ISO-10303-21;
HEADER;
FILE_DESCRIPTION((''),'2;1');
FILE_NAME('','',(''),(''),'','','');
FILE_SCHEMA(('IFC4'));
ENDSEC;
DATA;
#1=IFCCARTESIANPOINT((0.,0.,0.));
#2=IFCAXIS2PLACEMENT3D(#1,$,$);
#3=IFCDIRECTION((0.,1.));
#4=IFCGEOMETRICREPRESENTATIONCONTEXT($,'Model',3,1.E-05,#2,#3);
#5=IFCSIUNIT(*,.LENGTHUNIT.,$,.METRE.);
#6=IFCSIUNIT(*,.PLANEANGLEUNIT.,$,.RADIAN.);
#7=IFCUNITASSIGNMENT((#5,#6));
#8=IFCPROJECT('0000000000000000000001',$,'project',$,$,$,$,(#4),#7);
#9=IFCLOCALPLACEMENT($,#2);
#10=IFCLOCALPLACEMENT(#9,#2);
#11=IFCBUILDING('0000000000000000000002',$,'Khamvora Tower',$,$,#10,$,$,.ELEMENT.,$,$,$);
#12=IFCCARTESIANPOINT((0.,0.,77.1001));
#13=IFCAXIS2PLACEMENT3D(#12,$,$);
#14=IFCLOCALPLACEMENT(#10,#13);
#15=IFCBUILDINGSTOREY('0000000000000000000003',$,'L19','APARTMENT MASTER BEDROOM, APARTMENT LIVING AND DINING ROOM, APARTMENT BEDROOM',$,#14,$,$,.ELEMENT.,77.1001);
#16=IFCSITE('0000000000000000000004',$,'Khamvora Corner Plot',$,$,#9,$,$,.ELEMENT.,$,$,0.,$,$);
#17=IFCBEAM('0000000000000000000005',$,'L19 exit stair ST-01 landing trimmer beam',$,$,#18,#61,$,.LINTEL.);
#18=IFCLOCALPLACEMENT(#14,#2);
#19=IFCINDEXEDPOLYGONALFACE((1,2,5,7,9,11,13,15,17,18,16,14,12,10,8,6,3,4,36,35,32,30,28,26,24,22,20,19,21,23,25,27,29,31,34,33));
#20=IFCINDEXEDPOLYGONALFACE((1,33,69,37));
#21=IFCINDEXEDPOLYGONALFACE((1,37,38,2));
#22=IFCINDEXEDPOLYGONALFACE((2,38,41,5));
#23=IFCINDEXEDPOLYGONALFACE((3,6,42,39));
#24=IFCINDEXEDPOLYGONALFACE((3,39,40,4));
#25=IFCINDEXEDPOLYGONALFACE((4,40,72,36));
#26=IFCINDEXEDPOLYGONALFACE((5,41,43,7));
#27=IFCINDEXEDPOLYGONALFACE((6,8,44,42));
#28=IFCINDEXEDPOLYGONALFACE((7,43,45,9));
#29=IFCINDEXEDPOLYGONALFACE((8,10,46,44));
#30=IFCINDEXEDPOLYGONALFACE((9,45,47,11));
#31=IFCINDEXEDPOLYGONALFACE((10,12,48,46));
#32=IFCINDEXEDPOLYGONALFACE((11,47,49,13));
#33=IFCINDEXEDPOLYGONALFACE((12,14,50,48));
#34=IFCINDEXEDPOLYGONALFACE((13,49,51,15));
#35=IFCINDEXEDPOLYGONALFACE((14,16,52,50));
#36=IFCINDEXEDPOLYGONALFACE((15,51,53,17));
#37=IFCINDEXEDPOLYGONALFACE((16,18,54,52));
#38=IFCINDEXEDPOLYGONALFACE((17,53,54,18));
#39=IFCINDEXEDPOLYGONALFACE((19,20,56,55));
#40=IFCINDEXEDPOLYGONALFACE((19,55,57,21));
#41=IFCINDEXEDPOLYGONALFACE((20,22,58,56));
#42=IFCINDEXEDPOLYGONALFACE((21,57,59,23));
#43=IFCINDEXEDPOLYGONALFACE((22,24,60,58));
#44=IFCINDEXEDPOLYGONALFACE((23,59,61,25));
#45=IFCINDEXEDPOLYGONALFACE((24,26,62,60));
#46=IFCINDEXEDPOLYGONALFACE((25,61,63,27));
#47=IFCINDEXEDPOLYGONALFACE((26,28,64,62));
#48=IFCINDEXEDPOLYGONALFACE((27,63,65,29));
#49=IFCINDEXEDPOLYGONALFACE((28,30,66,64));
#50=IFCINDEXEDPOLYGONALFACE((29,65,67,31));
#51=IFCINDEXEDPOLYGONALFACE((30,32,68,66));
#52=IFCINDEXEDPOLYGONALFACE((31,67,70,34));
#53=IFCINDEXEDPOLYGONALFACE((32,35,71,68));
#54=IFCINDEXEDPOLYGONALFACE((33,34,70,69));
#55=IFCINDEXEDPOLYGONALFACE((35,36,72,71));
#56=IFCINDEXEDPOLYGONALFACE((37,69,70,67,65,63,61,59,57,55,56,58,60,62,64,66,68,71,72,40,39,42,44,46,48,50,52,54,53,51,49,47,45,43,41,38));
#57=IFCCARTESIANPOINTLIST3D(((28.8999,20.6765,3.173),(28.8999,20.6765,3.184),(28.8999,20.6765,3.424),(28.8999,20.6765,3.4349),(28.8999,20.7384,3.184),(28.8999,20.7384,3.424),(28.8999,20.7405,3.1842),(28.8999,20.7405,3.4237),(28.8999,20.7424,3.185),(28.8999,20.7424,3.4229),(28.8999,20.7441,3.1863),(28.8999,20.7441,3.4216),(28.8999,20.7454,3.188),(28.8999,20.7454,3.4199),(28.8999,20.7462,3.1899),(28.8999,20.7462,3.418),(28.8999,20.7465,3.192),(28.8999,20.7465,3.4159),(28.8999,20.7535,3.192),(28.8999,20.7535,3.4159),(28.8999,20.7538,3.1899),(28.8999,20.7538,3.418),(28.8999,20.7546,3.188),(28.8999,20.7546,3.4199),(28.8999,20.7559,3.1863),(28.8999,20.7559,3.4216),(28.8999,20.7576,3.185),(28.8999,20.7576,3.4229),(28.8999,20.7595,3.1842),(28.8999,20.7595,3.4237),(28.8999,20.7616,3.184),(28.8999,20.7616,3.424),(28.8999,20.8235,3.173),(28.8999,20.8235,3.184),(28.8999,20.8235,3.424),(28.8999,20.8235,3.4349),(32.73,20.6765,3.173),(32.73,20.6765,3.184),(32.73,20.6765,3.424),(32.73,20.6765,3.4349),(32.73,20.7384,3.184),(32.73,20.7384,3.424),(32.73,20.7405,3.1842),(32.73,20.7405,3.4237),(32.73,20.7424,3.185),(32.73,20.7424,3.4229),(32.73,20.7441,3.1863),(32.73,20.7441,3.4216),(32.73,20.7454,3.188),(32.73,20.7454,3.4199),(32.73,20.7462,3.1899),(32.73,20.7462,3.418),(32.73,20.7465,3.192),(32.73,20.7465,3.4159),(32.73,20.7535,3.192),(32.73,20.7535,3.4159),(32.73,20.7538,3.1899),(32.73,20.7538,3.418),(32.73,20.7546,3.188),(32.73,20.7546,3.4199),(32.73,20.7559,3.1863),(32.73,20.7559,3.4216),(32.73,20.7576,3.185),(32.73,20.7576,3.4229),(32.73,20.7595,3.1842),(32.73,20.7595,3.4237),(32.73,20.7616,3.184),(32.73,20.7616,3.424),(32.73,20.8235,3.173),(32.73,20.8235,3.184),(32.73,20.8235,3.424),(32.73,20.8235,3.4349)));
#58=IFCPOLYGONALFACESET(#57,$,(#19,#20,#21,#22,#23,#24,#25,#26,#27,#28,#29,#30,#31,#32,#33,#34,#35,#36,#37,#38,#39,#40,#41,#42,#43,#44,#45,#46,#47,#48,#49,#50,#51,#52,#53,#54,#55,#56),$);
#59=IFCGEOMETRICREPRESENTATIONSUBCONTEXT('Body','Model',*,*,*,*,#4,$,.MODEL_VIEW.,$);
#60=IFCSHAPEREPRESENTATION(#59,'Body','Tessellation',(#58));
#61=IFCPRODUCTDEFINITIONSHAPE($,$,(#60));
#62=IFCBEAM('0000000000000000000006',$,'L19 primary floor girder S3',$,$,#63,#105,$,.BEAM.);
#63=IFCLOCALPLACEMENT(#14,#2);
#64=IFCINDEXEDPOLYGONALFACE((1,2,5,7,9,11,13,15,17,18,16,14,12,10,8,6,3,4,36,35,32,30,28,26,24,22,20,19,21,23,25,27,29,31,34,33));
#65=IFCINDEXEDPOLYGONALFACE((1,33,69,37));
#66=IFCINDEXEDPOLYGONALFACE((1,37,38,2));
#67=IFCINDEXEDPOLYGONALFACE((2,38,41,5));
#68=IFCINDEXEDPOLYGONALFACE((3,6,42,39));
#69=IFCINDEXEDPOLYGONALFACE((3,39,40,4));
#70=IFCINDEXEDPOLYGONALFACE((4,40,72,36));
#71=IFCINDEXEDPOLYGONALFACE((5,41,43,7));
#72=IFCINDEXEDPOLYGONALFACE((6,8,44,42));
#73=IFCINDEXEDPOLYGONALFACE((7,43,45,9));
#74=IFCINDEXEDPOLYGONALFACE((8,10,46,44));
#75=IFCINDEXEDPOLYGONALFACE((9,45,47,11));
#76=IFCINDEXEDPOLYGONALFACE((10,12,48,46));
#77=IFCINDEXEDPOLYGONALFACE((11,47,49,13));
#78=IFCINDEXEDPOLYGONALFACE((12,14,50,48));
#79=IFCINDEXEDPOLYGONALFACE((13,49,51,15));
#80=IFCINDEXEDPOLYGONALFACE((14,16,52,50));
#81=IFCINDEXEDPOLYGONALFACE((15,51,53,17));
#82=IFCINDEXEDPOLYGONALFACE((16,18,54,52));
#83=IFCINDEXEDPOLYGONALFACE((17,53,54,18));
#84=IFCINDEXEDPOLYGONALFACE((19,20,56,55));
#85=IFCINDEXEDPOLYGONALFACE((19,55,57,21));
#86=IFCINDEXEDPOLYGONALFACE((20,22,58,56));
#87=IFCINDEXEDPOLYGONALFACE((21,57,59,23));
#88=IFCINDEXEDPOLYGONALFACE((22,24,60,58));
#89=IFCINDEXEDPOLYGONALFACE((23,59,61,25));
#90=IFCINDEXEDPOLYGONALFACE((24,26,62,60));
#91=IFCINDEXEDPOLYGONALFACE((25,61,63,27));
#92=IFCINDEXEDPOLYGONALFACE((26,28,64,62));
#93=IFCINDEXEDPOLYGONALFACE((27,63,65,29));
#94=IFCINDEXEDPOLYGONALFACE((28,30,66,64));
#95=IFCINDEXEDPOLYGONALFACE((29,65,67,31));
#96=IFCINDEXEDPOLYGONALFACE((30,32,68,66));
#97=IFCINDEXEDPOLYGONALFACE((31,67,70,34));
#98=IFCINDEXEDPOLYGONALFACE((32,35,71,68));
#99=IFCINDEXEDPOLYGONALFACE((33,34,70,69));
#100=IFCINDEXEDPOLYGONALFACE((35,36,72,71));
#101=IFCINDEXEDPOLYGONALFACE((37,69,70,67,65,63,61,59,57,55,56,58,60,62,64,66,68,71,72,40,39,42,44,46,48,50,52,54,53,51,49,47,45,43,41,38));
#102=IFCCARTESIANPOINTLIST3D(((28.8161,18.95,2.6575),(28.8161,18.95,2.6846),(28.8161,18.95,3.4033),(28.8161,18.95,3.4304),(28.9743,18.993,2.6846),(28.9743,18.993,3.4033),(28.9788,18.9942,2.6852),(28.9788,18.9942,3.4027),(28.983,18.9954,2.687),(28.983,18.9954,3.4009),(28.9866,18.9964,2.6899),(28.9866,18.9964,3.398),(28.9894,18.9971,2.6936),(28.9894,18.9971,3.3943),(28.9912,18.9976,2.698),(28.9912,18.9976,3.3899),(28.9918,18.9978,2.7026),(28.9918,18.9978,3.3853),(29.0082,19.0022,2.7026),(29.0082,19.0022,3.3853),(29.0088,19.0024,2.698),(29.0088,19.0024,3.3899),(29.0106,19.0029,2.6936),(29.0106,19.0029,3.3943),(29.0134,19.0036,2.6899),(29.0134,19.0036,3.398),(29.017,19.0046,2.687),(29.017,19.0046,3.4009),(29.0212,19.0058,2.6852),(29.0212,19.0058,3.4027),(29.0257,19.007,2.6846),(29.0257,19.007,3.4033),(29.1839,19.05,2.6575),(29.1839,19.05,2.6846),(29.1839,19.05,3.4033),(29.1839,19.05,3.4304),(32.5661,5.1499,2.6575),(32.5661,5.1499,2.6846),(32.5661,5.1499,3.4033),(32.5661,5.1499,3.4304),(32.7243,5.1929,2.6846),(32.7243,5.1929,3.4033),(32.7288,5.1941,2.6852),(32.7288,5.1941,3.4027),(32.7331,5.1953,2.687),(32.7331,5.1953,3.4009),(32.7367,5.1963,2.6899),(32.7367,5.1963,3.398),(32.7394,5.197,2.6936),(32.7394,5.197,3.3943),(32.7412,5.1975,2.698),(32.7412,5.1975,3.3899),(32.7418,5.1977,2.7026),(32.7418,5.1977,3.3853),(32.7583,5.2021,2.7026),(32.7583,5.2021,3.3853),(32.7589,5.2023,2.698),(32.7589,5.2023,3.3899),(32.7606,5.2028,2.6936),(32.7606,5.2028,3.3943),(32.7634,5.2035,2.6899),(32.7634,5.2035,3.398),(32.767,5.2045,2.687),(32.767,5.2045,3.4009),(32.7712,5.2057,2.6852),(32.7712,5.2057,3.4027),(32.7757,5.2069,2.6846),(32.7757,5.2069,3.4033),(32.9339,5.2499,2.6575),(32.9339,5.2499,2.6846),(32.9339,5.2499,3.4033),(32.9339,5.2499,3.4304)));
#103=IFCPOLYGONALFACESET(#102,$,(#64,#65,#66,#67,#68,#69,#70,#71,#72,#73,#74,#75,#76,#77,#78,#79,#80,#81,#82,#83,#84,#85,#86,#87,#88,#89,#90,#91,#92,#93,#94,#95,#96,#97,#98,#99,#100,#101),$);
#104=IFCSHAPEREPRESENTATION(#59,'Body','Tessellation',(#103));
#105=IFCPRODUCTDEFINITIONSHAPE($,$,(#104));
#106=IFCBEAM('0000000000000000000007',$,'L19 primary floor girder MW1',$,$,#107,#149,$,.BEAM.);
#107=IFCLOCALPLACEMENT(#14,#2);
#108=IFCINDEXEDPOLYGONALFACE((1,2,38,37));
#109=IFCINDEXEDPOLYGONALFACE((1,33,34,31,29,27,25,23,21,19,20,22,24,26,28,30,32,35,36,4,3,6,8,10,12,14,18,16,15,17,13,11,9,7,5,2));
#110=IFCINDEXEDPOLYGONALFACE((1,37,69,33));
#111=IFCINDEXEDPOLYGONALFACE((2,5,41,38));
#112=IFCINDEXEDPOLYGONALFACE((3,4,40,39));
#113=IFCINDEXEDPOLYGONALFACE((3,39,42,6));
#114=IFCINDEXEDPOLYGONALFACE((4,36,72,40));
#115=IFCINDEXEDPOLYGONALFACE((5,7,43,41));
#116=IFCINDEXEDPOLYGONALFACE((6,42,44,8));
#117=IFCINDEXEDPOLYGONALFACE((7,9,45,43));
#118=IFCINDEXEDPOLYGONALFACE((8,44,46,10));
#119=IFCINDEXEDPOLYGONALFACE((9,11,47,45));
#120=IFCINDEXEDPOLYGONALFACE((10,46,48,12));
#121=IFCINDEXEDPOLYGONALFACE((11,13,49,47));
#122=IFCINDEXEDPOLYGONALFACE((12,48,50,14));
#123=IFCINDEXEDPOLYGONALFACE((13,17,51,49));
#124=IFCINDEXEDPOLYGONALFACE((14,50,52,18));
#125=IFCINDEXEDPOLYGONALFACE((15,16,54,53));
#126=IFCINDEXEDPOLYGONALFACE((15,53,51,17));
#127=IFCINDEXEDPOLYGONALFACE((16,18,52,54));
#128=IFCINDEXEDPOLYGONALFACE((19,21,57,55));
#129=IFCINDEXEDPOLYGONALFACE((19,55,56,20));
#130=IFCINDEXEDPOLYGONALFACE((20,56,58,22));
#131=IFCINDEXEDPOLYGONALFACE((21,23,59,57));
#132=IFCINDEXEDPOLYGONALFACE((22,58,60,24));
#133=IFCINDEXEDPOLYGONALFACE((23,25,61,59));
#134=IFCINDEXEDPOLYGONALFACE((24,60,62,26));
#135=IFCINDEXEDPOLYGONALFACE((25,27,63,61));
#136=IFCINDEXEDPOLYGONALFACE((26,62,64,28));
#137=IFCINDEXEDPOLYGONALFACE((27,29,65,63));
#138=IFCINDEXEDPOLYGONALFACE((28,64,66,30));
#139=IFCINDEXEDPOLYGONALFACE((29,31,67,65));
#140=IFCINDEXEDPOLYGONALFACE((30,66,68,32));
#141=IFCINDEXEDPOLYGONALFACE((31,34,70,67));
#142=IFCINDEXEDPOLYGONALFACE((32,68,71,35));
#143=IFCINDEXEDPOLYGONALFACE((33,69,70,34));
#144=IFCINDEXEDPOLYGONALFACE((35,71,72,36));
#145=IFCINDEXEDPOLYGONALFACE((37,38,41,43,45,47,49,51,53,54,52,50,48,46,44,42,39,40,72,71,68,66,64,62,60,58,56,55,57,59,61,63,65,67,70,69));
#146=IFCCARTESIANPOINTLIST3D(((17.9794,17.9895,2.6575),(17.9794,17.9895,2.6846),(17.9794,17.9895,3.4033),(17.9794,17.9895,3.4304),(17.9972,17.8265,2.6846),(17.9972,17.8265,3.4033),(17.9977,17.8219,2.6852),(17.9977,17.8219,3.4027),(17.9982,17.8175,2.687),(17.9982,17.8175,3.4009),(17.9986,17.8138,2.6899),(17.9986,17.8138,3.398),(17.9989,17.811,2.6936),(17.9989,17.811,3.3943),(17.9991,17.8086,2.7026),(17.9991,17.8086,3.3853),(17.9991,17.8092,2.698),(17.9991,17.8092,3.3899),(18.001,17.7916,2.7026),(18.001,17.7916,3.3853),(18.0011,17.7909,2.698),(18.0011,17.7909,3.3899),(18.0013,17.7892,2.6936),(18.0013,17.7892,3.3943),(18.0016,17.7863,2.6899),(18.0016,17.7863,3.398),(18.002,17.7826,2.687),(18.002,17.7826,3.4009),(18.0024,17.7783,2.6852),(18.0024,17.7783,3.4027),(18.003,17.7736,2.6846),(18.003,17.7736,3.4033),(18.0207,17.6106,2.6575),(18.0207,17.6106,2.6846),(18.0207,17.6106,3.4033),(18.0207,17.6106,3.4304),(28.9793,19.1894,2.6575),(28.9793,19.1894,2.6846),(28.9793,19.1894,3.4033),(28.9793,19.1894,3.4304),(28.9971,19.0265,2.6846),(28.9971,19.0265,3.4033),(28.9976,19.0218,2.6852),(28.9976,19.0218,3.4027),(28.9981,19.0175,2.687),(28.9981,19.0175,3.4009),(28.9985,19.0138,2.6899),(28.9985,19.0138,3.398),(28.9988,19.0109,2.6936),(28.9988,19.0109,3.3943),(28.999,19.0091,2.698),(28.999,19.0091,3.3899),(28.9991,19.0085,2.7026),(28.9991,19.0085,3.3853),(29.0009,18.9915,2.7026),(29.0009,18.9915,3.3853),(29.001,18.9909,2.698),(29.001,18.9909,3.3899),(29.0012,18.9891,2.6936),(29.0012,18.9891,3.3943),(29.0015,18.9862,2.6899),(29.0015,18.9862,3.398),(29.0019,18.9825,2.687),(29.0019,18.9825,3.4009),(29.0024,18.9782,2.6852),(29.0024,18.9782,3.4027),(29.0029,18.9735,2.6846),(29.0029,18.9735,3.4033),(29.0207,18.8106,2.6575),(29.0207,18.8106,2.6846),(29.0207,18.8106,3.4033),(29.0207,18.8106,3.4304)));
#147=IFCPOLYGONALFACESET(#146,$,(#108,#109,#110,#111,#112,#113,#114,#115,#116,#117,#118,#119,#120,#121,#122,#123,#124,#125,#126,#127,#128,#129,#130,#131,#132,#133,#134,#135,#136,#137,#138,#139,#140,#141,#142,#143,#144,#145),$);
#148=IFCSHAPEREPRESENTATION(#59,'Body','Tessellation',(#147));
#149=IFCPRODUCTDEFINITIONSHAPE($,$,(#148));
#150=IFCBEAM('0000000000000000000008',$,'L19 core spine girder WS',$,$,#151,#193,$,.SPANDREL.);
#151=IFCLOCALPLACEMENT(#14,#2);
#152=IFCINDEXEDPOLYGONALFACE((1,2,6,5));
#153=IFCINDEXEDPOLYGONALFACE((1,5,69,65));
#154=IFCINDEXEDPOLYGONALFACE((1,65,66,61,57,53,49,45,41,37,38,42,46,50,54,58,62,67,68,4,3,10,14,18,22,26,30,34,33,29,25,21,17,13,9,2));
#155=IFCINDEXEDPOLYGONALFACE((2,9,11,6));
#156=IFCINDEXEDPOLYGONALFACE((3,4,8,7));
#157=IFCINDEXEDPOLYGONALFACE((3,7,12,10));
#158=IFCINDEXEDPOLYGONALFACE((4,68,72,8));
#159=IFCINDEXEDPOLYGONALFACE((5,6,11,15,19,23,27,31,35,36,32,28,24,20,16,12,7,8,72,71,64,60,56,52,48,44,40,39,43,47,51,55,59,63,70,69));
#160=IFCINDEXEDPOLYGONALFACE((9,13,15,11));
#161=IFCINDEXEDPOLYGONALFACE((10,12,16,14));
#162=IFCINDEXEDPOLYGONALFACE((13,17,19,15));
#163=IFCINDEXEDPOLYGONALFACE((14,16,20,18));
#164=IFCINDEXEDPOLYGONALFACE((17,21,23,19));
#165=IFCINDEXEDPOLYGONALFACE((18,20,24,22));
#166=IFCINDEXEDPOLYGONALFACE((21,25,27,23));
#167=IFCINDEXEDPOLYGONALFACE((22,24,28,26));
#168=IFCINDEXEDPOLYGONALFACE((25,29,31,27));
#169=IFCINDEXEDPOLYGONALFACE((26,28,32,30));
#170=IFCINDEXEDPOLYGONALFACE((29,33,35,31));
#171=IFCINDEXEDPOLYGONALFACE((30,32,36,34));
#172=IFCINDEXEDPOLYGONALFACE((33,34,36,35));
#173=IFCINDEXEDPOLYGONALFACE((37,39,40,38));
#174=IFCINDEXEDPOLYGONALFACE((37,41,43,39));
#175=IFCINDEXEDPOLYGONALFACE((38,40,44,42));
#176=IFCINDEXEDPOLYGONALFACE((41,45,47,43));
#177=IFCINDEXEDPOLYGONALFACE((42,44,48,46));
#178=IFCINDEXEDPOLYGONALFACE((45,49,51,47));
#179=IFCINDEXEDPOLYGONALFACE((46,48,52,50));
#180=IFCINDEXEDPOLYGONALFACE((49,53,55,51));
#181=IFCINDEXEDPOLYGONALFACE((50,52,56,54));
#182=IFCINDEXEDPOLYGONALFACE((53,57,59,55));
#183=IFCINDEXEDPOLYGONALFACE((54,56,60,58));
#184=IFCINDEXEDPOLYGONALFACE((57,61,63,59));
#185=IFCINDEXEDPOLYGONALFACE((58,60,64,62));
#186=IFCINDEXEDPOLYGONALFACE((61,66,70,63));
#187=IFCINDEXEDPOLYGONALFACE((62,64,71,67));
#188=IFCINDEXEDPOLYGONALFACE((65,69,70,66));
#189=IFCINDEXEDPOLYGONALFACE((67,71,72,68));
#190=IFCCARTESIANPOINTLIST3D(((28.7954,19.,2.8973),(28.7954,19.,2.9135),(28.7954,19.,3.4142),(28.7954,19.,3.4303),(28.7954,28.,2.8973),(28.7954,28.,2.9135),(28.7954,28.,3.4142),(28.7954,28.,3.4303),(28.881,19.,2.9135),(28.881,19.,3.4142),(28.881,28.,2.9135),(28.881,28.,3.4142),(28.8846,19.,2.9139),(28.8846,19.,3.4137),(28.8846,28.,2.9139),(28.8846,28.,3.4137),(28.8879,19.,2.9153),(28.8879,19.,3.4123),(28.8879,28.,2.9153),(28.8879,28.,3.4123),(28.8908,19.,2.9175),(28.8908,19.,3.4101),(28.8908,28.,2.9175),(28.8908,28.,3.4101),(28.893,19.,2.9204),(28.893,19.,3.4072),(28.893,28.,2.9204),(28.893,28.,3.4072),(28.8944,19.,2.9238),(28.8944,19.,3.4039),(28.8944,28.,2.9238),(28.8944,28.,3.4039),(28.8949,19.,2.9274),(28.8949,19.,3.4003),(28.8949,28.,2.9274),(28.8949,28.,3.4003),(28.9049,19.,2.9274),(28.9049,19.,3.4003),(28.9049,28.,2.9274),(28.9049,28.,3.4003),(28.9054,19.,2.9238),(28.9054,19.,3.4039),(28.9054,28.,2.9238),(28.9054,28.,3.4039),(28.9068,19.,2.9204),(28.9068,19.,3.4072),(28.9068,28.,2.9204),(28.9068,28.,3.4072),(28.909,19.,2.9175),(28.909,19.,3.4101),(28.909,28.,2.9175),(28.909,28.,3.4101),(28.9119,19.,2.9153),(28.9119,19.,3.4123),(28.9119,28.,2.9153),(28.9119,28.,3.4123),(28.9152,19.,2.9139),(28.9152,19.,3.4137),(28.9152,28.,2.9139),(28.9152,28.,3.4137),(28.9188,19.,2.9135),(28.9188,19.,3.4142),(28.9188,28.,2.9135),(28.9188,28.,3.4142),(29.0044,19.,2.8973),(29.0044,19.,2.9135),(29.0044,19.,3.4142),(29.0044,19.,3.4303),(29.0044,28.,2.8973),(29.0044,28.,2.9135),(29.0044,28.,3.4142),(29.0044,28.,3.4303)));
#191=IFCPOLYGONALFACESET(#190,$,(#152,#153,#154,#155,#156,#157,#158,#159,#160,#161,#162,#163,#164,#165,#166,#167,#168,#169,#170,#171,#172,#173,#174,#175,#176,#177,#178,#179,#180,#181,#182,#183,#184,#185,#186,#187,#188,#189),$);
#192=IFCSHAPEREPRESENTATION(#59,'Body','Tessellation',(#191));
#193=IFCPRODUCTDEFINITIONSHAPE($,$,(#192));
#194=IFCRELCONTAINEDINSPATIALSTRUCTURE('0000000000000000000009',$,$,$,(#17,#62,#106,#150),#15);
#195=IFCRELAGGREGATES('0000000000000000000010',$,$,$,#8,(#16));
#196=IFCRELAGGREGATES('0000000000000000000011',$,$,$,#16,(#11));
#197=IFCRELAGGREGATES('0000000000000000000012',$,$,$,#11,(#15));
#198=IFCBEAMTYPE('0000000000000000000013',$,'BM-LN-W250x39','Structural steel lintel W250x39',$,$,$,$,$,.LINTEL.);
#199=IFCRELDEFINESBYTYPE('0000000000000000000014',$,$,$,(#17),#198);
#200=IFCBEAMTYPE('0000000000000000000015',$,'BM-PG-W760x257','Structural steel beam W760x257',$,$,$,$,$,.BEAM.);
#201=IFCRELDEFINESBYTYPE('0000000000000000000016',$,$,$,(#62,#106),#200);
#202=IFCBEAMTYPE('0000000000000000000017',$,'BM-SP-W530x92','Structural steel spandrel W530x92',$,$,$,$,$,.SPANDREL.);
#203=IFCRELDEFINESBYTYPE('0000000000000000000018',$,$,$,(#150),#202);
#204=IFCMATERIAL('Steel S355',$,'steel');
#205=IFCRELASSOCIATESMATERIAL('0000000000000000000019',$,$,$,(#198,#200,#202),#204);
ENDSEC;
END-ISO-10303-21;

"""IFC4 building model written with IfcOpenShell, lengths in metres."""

from ifc_helpers import new_model, si_unit, direction, frame, origin, origin_2d, place, context, subcontext, project, spatial, i_section, extrude, material, material_profile, profile_set, type_object, element, save


model = new_model("IFC4")

# Units and contexts
model_context = context("Model", 3, precision=1e-05, world=origin(), true_north=direction((0.0, 1.0)))
body_context = subcontext(model_context, "Body", "Model", "MODEL_VIEW")
ifc_project = project(units=[si_unit("LENGTHUNIT", "METRE"), si_unit("PLANEANGLEUNIT", "RADIAN")], contexts=[model_context])

# Site, building, storey
site_placement = place(None, origin())
site = spatial("IfcSite", under=ifc_project, at=site_placement, Name="Khamvora Corner Plot", CompositionType="ELEMENT", RefElevation=0.0)
building_placement = place(site_placement, origin())
building = spatial("IfcBuilding", under=site, at=building_placement, Name="Khamvora Tower", CompositionType="ELEMENT")
storey_placement = place(building_placement, frame((0.0, 0.0, 77.1001)))
storey = spatial("IfcBuildingStorey", under=building, at=storey_placement, Name="L19", Description="APARTMENT MASTER BEDROOM, APARTMENT LIVING AND DINING ROOM, APARTMENT BEDROOM", CompositionType="ELEMENT", Elevation=77.1001)

# Beams
ifc_material_1 = material(Name="Steel S355", Category="steel")
ifc_material_profile_1 = material_profile(ifc_material_1, i_section(OverallWidth=0.147, OverallDepth=0.262, WebThickness=0.0071, FlangeThickness=0.011, FilletRadius=0.0081, at=origin_2d()), Name="W250x39")
ifc_profile_set_1 = profile_set([ifc_material_profile_1], Name="Steel S355")
beam_type_1 = type_object("IfcBeamType", Name="BM-LN-W250x39", Description="Structural steel lintel W250x39", PredefinedType="LINTEL", material=ifc_profile_set_1)
beam_1_placement = place(storey_placement, frame((28.8999, 20.75, 3.304), z_axis=(1.0, 0.0, 0.0), x_axis=(0.0, 1.0, 0.0)))
element("IfcBeam", 1, at=beam_1_placement, inside=storey, type_object=beam_type_1, Name="L19 exit stair ST-01 landing trimmer beam", PredefinedType="LINTEL", context=body_context, shape_type="SweptSolid", body=[
    extrude(i_section(OverallWidth=0.147, OverallDepth=0.262, WebThickness=0.0071, FlangeThickness=0.011, FilletRadius=0.0081, at=origin_2d()), origin(), (0.0, 0.0, 1.0), 3.8301),
])
ifc_material_profile_2 = material_profile(ifc_material_1, i_section(OverallWidth=0.3811, OverallDepth=0.7729, WebThickness=0.0171, FlangeThickness=0.0271, FilletRadius=0.0181, at=origin_2d()), Name="W760x257")
ifc_profile_set_2 = profile_set([ifc_material_profile_2], Name="Steel S355")
beam_type_2 = type_object("IfcBeamType", Name="BM-PG-W760x257", Description="Structural steel beam W760x257", PredefinedType="BEAM", material=ifc_profile_set_2)
beam_2_placement = place(storey_placement, frame((29.0, 19.0, 3.0439), z_axis=(0.262229, -0.965006, 0.0), x_axis=(0.965006, 0.262229, 0.0)))
element("IfcBeam", 2, at=beam_2_placement, inside=storey, type_object=beam_type_2, Name="L19 primary floor girder S3", PredefinedType="BEAM", context=body_context, shape_type="SweptSolid", body=[
    extrude(i_section(OverallWidth=0.3811, OverallDepth=0.7729, WebThickness=0.0171, FlangeThickness=0.0271, FilletRadius=0.0181, at=origin_2d()), origin(), (0.0, 0.0, 1.0), 14.3005),
])
beam_3_placement = place(storey_placement, frame((29.0, 19.0, 3.0439), z_axis=(-0.994103, -0.108443, 0.0), x_axis=(0.108443, -0.994103, 0.0)))
element("IfcBeam", 3, at=beam_3_placement, inside=storey, type_object=beam_type_2, Name="L19 primary floor girder MW1", PredefinedType="BEAM", context=body_context, shape_type="SweptSolid", body=[
    extrude(i_section(OverallWidth=0.3811, OverallDepth=0.7729, WebThickness=0.0171, FlangeThickness=0.0271, FilletRadius=0.0181, at=origin_2d()), origin(), (0.0, 0.0, 1.0), 11.0652),
])
ifc_material_profile_3 = material_profile(ifc_material_1, i_section(OverallWidth=0.209, OverallDepth=0.533, WebThickness=0.01, FlangeThickness=0.0161, FilletRadius=0.0139, at=origin_2d()), Name="W530x92")
ifc_profile_set_3 = profile_set([ifc_material_profile_3], Name="Steel S355")
beam_type_3 = type_object("IfcBeamType", Name="BM-SP-W530x92", Description="Structural steel spandrel W530x92", PredefinedType="SPANDREL", material=ifc_profile_set_3)
for number, where, z_axis, x_axis, name in (
    (4, (28.8999, 19.0, 3.1638), (0.0, 1.0, 0.0), (-1.0, 0.0, 0.0), "L19 core spine girder WS"),
):
    element("IfcBeam", number, at=place(storey_placement, frame(where, z_axis=z_axis, x_axis=x_axis)), inside=storey, type_object=beam_type_3, Name=name, PredefinedType="SPANDREL", context=body_context, shape_type="SweptSolid", body=[
        extrude(i_section(OverallWidth=0.209, OverallDepth=0.533, WebThickness=0.01, FlangeThickness=0.0161, FilletRadius=0.0139, at=origin_2d()), origin(), (0.0, 0.0, 1.0), 9.0),
    ])

save(model, "model.ifc")
